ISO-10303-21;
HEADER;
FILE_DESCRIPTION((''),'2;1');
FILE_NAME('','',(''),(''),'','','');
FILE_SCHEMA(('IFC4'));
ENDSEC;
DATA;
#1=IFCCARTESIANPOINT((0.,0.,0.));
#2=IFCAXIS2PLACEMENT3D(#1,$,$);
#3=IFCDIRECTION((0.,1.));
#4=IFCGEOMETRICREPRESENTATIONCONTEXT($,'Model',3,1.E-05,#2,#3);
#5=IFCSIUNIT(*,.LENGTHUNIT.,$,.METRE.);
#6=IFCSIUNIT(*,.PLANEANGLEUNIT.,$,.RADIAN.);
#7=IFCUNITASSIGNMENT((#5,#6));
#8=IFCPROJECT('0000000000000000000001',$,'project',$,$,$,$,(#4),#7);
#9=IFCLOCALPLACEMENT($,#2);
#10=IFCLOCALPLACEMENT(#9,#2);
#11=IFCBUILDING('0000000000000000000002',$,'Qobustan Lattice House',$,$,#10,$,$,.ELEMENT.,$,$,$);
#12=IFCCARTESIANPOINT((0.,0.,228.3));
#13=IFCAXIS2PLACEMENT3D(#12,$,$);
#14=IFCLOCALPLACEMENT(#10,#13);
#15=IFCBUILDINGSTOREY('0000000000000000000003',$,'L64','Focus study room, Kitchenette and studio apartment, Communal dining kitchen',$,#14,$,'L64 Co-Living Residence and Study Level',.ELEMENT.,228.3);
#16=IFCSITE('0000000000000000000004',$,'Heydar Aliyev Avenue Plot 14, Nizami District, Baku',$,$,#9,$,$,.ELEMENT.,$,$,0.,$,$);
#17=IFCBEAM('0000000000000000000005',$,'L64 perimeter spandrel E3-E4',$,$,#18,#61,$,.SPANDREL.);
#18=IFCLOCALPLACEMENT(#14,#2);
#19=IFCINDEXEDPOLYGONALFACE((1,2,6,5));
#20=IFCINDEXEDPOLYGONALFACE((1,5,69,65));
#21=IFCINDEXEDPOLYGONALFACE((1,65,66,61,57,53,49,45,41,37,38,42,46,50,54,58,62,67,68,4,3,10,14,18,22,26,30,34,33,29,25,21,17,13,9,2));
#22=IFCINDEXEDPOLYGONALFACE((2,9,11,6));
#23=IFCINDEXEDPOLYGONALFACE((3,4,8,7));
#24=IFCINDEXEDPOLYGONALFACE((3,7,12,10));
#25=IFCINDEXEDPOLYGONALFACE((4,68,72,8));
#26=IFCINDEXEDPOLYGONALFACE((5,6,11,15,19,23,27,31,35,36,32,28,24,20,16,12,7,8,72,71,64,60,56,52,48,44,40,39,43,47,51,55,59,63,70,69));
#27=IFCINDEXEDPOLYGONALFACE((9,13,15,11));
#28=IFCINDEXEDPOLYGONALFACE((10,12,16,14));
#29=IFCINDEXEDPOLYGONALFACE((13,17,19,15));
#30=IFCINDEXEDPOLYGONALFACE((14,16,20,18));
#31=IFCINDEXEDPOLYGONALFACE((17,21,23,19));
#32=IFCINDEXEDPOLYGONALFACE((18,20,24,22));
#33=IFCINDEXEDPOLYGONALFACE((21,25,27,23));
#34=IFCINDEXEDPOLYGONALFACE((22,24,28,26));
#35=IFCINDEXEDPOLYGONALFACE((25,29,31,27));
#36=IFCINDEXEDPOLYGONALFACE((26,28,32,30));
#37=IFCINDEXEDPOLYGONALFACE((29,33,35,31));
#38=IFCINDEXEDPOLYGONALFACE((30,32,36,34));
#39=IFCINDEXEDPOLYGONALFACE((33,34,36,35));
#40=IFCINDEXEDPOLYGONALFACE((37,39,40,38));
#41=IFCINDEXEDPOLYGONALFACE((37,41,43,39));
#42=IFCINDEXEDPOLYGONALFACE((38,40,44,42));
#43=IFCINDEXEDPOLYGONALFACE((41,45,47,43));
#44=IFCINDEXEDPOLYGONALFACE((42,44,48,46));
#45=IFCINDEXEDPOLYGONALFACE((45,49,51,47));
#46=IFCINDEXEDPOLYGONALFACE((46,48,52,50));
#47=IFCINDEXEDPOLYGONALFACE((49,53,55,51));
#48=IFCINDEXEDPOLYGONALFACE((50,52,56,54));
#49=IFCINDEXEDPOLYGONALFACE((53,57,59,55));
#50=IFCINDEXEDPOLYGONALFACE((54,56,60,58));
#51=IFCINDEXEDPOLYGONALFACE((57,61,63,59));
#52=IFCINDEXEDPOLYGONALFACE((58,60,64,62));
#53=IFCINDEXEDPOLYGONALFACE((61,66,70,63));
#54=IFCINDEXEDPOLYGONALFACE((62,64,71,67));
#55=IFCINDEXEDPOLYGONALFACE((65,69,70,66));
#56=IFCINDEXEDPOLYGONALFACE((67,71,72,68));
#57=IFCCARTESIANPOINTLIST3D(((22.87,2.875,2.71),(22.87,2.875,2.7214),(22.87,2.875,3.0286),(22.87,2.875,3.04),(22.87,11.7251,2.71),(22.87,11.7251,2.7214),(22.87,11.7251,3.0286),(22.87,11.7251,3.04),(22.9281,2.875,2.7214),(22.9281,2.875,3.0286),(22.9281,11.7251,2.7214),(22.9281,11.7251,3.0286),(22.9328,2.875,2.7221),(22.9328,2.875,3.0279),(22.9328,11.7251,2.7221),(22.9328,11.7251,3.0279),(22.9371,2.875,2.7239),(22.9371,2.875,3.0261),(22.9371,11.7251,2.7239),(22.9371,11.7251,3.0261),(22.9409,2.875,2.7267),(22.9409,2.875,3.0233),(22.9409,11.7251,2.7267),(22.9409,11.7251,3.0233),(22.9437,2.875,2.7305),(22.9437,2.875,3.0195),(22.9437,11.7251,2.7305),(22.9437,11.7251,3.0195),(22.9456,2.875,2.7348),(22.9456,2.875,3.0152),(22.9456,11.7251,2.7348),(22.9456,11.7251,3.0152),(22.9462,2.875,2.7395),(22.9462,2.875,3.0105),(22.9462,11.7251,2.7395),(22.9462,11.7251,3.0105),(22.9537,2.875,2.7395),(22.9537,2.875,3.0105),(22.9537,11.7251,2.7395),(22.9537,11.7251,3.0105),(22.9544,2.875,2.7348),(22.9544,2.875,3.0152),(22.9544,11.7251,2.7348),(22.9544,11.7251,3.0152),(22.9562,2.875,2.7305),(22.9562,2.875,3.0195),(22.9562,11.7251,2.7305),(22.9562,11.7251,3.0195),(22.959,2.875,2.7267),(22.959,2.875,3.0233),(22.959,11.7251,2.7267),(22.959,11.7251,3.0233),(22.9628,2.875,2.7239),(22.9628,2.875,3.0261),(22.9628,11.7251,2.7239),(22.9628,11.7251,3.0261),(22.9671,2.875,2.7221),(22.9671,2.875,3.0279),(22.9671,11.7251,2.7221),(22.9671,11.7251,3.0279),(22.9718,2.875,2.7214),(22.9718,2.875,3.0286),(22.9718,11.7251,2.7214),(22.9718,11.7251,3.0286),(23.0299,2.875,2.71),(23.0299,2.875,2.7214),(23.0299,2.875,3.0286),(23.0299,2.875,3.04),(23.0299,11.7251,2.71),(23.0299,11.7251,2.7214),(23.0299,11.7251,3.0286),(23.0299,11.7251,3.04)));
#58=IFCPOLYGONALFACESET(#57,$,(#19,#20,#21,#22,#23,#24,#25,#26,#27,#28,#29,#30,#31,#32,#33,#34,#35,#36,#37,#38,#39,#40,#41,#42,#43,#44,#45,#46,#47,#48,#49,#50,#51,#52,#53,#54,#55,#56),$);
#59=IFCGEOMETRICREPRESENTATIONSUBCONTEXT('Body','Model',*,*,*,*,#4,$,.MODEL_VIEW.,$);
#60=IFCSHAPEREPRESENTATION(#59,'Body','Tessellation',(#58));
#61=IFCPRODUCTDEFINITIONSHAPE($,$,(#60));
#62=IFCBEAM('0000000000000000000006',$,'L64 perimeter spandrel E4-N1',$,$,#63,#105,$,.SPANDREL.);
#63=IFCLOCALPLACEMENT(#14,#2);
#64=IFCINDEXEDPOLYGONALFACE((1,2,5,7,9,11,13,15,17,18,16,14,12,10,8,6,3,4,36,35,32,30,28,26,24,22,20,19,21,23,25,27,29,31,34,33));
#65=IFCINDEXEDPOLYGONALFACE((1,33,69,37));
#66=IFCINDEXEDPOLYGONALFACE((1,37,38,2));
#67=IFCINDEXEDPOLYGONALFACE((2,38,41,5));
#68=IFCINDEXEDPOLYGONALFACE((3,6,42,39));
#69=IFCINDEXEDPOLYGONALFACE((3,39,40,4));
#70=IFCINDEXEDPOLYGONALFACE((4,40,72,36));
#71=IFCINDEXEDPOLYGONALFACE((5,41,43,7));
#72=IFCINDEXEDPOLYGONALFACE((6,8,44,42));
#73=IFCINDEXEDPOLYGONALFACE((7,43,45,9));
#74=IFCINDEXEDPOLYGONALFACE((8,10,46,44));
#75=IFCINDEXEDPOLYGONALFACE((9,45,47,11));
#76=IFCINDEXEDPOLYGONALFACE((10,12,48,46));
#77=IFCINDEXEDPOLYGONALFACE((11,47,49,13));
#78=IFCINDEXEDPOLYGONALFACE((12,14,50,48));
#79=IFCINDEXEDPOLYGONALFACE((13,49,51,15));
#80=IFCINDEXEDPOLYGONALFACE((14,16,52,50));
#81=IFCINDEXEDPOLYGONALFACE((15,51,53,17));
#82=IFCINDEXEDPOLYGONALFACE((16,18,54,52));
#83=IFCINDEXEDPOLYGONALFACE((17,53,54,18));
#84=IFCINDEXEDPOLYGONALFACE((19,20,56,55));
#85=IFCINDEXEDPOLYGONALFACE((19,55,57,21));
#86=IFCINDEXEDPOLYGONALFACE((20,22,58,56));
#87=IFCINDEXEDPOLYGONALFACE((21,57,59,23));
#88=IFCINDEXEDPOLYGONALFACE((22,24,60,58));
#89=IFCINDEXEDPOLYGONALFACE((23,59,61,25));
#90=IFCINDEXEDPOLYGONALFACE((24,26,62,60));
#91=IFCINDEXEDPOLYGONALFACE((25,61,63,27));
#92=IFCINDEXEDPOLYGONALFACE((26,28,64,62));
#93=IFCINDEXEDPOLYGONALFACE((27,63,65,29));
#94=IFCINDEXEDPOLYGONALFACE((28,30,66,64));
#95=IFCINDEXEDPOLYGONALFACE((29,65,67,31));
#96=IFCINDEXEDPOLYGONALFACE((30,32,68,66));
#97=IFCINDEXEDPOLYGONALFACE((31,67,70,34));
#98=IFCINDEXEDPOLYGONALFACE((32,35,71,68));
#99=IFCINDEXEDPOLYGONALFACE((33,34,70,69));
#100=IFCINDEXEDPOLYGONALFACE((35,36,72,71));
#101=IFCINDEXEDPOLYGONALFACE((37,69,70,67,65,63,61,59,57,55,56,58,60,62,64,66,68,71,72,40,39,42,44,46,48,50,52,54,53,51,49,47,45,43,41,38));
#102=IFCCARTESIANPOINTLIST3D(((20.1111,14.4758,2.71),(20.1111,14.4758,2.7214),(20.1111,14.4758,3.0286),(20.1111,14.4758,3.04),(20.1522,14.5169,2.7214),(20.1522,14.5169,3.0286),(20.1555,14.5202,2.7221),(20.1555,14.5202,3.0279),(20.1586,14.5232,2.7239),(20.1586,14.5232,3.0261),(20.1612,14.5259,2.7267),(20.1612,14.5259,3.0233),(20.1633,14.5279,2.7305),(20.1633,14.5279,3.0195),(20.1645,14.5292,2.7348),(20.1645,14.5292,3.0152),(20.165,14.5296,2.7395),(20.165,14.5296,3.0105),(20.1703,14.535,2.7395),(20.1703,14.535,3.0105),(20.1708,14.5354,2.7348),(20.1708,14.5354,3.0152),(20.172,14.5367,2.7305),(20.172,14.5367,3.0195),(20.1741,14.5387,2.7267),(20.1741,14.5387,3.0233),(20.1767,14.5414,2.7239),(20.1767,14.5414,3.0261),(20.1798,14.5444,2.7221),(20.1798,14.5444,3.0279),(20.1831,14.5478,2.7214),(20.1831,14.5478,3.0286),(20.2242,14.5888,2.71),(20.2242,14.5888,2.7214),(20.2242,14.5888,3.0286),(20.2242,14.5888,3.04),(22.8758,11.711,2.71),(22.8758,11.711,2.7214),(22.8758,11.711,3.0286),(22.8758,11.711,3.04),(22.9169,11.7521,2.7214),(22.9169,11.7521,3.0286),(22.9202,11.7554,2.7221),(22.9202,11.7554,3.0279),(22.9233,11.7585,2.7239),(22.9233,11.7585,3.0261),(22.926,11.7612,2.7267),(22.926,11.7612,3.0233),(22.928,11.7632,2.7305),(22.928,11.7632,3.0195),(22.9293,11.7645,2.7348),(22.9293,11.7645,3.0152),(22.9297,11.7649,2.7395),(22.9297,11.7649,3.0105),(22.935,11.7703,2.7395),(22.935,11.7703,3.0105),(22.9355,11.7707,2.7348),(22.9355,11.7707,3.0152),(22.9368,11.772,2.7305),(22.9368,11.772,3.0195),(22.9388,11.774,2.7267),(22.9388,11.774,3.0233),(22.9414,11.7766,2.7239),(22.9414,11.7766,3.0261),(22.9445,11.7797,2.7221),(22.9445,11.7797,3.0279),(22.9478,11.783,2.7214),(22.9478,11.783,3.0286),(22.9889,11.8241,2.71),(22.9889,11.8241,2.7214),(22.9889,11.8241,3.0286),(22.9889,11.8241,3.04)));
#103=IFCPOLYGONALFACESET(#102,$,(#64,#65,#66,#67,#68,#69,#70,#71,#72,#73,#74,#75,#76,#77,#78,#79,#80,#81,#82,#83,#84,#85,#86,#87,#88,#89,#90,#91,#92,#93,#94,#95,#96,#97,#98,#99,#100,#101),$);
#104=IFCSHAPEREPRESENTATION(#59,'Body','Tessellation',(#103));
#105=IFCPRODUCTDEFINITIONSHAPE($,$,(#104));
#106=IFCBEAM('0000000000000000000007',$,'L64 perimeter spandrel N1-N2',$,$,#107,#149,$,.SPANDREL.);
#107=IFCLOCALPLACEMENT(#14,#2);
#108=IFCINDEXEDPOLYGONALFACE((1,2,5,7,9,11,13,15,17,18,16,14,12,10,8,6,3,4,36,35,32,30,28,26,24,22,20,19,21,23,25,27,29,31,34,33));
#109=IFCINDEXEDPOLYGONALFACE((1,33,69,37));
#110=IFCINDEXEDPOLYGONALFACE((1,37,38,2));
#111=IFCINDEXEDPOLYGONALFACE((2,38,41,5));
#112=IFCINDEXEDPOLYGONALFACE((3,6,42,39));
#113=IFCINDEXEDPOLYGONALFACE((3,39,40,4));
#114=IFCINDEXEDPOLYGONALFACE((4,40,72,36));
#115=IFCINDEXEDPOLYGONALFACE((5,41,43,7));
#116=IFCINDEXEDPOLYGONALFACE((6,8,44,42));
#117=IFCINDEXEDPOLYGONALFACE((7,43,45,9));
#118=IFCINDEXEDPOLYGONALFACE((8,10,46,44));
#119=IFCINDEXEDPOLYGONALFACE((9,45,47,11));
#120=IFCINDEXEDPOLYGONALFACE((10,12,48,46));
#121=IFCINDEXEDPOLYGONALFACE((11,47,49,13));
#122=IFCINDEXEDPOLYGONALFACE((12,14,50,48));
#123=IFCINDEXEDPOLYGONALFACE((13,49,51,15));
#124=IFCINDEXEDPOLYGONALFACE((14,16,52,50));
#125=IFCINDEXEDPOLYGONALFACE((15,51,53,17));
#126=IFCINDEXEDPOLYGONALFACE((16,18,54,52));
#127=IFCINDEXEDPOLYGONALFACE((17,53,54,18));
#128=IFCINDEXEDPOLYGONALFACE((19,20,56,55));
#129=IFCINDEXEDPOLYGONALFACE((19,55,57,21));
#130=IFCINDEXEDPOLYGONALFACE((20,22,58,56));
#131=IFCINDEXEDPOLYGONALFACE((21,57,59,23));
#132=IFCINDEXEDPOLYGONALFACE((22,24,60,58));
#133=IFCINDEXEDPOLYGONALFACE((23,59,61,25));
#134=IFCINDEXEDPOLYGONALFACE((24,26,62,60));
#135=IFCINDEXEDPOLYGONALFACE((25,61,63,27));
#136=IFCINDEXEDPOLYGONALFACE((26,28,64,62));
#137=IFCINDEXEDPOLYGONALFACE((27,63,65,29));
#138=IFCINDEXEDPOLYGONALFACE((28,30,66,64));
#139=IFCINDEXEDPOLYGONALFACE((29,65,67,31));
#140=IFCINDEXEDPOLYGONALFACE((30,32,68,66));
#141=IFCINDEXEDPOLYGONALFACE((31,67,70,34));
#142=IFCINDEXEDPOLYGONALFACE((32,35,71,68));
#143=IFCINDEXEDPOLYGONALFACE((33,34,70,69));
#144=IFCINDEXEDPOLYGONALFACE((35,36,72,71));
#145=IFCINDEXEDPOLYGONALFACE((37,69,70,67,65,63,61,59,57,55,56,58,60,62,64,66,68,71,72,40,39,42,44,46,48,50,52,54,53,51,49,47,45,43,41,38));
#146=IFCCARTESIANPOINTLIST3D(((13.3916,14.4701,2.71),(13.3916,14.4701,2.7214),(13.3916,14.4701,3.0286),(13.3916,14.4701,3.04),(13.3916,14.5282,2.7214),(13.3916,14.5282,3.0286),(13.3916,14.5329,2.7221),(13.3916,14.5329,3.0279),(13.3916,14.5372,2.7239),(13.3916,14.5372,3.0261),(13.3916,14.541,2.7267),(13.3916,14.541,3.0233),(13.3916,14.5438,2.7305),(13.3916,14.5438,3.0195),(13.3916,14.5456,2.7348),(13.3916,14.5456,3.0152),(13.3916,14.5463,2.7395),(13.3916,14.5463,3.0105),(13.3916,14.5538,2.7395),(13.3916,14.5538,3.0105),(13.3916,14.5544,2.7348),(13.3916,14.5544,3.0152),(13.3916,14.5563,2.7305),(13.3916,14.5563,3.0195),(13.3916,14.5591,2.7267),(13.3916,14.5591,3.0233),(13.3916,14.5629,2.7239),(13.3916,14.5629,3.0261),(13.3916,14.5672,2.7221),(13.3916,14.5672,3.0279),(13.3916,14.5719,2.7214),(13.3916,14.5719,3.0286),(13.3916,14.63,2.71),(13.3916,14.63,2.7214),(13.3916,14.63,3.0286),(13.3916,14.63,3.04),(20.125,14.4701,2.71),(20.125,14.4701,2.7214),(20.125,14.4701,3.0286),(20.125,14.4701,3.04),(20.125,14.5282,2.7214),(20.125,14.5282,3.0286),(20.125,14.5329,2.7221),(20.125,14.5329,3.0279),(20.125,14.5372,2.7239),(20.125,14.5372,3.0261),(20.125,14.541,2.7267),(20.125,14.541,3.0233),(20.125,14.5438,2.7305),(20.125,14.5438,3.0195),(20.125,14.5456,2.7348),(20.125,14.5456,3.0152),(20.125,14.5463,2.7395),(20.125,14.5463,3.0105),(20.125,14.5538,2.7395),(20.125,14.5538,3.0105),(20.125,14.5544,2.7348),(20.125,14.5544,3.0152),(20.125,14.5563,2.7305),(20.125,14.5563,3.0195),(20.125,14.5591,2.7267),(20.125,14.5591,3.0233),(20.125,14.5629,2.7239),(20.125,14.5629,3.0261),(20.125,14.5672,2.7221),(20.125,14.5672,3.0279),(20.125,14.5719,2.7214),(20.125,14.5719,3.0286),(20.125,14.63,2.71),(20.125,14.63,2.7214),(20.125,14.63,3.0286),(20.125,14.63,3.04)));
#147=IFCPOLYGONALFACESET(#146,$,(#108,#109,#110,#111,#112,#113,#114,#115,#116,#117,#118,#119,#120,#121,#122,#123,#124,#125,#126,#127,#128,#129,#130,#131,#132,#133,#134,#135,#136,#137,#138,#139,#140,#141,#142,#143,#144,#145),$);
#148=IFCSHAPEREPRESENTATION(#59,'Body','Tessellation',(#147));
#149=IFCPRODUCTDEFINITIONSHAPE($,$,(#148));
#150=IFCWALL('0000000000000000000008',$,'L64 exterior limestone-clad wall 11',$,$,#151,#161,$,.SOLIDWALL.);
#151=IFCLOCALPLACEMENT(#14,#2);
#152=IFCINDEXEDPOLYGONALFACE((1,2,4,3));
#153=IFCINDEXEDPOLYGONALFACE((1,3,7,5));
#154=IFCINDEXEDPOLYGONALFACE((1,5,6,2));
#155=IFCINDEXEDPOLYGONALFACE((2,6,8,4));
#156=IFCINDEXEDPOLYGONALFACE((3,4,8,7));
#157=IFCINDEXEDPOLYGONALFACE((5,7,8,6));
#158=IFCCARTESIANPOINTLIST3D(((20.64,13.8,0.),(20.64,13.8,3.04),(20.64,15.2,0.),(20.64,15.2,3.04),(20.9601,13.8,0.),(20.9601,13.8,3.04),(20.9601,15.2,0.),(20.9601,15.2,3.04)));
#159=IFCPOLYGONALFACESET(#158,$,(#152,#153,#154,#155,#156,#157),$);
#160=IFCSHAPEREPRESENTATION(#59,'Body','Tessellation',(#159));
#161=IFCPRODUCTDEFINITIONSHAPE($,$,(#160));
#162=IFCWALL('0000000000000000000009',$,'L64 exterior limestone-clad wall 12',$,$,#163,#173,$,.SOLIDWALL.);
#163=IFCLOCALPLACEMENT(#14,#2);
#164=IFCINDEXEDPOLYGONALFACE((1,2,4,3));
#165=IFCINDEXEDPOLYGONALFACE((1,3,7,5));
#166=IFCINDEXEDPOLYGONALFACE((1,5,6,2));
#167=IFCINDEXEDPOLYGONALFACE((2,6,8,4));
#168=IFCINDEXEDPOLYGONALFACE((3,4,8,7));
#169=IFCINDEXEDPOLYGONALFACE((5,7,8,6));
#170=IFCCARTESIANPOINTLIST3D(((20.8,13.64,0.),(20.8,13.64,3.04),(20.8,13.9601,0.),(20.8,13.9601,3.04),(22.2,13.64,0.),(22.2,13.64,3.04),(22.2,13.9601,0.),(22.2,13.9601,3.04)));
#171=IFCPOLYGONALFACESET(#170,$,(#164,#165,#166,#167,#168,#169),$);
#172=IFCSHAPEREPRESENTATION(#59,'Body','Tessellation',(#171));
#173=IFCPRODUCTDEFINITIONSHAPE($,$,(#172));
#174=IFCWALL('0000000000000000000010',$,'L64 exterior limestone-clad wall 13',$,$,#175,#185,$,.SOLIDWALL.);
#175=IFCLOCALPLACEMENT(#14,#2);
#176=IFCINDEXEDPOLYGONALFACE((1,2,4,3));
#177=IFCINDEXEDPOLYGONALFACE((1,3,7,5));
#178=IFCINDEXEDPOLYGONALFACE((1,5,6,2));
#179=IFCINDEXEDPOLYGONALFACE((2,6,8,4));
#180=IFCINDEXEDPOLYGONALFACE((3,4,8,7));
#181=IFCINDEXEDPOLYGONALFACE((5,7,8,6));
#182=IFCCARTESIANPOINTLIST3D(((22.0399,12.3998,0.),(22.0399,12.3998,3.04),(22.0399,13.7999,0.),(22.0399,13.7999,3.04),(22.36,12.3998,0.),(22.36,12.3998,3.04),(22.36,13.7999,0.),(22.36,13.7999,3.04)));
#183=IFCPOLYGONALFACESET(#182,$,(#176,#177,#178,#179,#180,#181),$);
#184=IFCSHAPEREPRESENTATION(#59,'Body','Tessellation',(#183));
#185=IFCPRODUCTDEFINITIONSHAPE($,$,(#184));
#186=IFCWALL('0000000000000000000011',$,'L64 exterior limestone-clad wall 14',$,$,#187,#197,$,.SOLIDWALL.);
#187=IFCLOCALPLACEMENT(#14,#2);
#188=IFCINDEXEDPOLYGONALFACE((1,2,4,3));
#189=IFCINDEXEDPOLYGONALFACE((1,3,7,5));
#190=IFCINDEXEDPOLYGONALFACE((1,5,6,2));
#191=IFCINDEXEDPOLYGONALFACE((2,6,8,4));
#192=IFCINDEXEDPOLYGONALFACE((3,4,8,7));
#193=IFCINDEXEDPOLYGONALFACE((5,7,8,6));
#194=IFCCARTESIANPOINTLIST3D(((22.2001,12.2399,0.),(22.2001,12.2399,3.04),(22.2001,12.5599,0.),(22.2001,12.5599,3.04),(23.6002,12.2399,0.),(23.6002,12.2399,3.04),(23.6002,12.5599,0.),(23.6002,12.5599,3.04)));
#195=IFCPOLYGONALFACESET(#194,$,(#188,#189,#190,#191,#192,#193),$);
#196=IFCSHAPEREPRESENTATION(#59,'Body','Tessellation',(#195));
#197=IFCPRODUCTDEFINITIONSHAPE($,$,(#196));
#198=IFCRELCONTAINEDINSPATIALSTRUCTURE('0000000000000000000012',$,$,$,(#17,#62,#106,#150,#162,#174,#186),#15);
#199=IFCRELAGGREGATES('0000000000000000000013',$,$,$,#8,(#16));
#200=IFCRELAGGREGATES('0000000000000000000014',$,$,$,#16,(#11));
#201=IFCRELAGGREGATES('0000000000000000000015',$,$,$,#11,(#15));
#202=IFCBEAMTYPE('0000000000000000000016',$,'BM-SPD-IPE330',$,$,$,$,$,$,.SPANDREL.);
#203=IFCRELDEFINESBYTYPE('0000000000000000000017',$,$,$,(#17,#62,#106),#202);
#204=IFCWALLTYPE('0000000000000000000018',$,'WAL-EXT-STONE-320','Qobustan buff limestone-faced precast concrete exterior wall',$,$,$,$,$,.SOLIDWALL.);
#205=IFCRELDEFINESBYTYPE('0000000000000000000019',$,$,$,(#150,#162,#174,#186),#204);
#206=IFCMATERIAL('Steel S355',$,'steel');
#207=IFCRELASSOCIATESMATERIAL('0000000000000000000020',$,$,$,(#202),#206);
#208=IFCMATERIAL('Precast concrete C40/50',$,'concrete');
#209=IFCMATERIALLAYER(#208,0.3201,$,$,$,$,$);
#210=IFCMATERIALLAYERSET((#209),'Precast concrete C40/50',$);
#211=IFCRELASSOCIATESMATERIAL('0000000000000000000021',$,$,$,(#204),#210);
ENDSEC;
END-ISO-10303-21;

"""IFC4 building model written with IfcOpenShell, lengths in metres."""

from ifc_helpers import new_model, si_unit, direction, frame, frame_2d, origin, origin_2d, place, context, subcontext, project, spatial, rectangle, i_section, extrude, material, layer, layer_set, material_profile, profile_set, type_object, element, save


model = new_model("IFC4")

# Units and contexts
model_context = context("Model", 3, precision=1e-05, world=origin(), true_north=direction((0.0, 1.0)))
body_context = subcontext(model_context, "Body", "Model", "MODEL_VIEW")
ifc_project = project(units=[si_unit("LENGTHUNIT", "METRE"), si_unit("PLANEANGLEUNIT", "RADIAN")], contexts=[model_context])

# Site, building, storey
site_placement = place(None, origin())
site = spatial("IfcSite", under=ifc_project, at=site_placement, Name="Heydar Aliyev Avenue Plot 14, Nizami District, Baku", CompositionType="ELEMENT", RefElevation=0.0)
building_placement = place(site_placement, origin())
building = spatial("IfcBuilding", under=site, at=building_placement, Name="Qobustan Lattice House", CompositionType="ELEMENT")
storey_placement = place(building_placement, frame((0.0, 0.0, 228.3)))
storey = spatial("IfcBuildingStorey", under=building, at=storey_placement, Name="L64", Description="Focus study room, Kitchenette and studio apartment, Communal dining kitchen", LongName="L64 Co-Living Residence and Study Level", CompositionType="ELEMENT", Elevation=228.3)

# Beams
ifc_material_1 = material(Name="Steel S355", Category="steel")
ifc_material_profile_1 = material_profile(ifc_material_1, i_section(OverallWidth=0.1599, OverallDepth=0.3301, WebThickness=0.0076, FlangeThickness=0.0115, FilletRadius=0.0181, at=origin_2d()), Name="IPE330")
ifc_profile_set_1 = profile_set([ifc_material_profile_1], Name="Steel S355")
beam_type_1 = type_object("IfcBeamType", Name="BM-SPD-IPE330", PredefinedType="SPANDREL", material=ifc_profile_set_1)
beam_1_placement = place(storey_placement, frame((22.95, 2.875, 2.875), z_axis=(0.0, 1.0, 0.0), x_axis=(-1.0, 0.0, 0.0)))
element("IfcBeam", 1, at=beam_1_placement, inside=storey, type_object=beam_type_1, Name="L64 perimeter spandrel E3-E4", PredefinedType="SPANDREL", context=body_context, shape_type="SweptSolid", body=[
    extrude(i_section(OverallWidth=0.1599, OverallDepth=0.3301, WebThickness=0.0076, FlangeThickness=0.0115, FilletRadius=0.0181, at=origin_2d()), origin(), (0.0, 0.0, 1.0), 8.8501),
])
beam_2_placement = place(storey_placement, frame((22.9324, 11.7676, 2.875), z_axis=(-0.707107, 0.707107, 0.0), x_axis=(-0.707107, -0.707107, 0.0)))
element("IfcBeam", 2, at=beam_2_placement, inside=storey, type_object=beam_type_1, Name="L64 perimeter spandrel E4-N1", PredefinedType="SPANDREL", context=body_context, shape_type="SweptSolid", body=[
    extrude(i_section(OverallWidth=0.1599, OverallDepth=0.3301, WebThickness=0.0076, FlangeThickness=0.0115, FilletRadius=0.0181, at=origin_2d()), origin(), (0.0, 0.0, 1.0), 3.9099),
])
beam_3_placement = place(storey_placement, frame((20.125, 14.55, 2.875), z_axis=(-1.0, 0.0, 0.0), x_axis=(0.0, -1.0, 0.0)))
element("IfcBeam", 3, at=beam_3_placement, inside=storey, type_object=beam_type_1, Name="L64 perimeter spandrel N1-N2", PredefinedType="SPANDREL", context=body_context, shape_type="SweptSolid", body=[
    extrude(i_section(OverallWidth=0.1599, OverallDepth=0.3301, WebThickness=0.0076, FlangeThickness=0.0115, FilletRadius=0.0181, at=origin_2d()), origin(), (0.0, 0.0, 1.0), 6.7334),
])

# Walls
ifc_material_2 = material(Name="Precast concrete C40/50", Category="concrete")
ifc_layer_1 = layer(ifc_material_2, 0.3201)
ifc_layer_set_1 = layer_set([ifc_layer_1], Name="Precast concrete C40/50")
wall_type_1 = type_object("IfcWallType", Name="WAL-EXT-STONE-320", Description="Qobustan buff limestone-faced precast concrete exterior wall", PredefinedType="SOLIDWALL", material=ifc_layer_set_1)
for number, where, z_axis, x_axis, name in (
    (4, (20.8, 15.2, 0.0), (0.0, 0.0, 1.0), (0.0, -1.0, 0.0), "L64 exterior limestone-clad wall 11"),
    (5, (20.8, 13.8, 0.0), (0.0, 0.0, 1.0), (1.0, 0.0, 0.0), "L64 exterior limestone-clad wall 12"),
):
    element("IfcWall", number, at=place(storey_placement, frame(where, z_axis=z_axis, x_axis=x_axis)), inside=storey, type_object=wall_type_1, Name=name, PredefinedType="SOLIDWALL", context=body_context, shape_type="SweptSolid", body=[
        extrude(rectangle(XDim=1.3999, YDim=0.3201, at=frame_2d((0.7, 0.0))), origin(), (0.0, 0.0, 1.0), 3.04),
    ])
for number, where, z_axis, x_axis, name in (
    (6, (22.2, 13.8, 0.0), (0.0, 0.0, 1.0), (0.0, -1.0, 0.0), "L64 exterior limestone-clad wall 13"),
    (7, (22.2, 12.3999, 0.0), (0.0, 0.0, 1.0), (1.0, 0.0, 0.0), "L64 exterior limestone-clad wall 14"),
):
    element("IfcWall", number, at=place(storey_placement, frame(where, z_axis=z_axis, x_axis=x_axis)), inside=storey, type_object=wall_type_1, Name=name, PredefinedType="SOLIDWALL", context=body_context, shape_type="SweptSolid", body=[
        extrude(rectangle(XDim=1.4001, YDim=0.3201, at=frame_2d((0.7002, 0.0))), origin(), (0.0, 0.0, 1.0), 3.04),
    ])

save(model, "model.ifc")
